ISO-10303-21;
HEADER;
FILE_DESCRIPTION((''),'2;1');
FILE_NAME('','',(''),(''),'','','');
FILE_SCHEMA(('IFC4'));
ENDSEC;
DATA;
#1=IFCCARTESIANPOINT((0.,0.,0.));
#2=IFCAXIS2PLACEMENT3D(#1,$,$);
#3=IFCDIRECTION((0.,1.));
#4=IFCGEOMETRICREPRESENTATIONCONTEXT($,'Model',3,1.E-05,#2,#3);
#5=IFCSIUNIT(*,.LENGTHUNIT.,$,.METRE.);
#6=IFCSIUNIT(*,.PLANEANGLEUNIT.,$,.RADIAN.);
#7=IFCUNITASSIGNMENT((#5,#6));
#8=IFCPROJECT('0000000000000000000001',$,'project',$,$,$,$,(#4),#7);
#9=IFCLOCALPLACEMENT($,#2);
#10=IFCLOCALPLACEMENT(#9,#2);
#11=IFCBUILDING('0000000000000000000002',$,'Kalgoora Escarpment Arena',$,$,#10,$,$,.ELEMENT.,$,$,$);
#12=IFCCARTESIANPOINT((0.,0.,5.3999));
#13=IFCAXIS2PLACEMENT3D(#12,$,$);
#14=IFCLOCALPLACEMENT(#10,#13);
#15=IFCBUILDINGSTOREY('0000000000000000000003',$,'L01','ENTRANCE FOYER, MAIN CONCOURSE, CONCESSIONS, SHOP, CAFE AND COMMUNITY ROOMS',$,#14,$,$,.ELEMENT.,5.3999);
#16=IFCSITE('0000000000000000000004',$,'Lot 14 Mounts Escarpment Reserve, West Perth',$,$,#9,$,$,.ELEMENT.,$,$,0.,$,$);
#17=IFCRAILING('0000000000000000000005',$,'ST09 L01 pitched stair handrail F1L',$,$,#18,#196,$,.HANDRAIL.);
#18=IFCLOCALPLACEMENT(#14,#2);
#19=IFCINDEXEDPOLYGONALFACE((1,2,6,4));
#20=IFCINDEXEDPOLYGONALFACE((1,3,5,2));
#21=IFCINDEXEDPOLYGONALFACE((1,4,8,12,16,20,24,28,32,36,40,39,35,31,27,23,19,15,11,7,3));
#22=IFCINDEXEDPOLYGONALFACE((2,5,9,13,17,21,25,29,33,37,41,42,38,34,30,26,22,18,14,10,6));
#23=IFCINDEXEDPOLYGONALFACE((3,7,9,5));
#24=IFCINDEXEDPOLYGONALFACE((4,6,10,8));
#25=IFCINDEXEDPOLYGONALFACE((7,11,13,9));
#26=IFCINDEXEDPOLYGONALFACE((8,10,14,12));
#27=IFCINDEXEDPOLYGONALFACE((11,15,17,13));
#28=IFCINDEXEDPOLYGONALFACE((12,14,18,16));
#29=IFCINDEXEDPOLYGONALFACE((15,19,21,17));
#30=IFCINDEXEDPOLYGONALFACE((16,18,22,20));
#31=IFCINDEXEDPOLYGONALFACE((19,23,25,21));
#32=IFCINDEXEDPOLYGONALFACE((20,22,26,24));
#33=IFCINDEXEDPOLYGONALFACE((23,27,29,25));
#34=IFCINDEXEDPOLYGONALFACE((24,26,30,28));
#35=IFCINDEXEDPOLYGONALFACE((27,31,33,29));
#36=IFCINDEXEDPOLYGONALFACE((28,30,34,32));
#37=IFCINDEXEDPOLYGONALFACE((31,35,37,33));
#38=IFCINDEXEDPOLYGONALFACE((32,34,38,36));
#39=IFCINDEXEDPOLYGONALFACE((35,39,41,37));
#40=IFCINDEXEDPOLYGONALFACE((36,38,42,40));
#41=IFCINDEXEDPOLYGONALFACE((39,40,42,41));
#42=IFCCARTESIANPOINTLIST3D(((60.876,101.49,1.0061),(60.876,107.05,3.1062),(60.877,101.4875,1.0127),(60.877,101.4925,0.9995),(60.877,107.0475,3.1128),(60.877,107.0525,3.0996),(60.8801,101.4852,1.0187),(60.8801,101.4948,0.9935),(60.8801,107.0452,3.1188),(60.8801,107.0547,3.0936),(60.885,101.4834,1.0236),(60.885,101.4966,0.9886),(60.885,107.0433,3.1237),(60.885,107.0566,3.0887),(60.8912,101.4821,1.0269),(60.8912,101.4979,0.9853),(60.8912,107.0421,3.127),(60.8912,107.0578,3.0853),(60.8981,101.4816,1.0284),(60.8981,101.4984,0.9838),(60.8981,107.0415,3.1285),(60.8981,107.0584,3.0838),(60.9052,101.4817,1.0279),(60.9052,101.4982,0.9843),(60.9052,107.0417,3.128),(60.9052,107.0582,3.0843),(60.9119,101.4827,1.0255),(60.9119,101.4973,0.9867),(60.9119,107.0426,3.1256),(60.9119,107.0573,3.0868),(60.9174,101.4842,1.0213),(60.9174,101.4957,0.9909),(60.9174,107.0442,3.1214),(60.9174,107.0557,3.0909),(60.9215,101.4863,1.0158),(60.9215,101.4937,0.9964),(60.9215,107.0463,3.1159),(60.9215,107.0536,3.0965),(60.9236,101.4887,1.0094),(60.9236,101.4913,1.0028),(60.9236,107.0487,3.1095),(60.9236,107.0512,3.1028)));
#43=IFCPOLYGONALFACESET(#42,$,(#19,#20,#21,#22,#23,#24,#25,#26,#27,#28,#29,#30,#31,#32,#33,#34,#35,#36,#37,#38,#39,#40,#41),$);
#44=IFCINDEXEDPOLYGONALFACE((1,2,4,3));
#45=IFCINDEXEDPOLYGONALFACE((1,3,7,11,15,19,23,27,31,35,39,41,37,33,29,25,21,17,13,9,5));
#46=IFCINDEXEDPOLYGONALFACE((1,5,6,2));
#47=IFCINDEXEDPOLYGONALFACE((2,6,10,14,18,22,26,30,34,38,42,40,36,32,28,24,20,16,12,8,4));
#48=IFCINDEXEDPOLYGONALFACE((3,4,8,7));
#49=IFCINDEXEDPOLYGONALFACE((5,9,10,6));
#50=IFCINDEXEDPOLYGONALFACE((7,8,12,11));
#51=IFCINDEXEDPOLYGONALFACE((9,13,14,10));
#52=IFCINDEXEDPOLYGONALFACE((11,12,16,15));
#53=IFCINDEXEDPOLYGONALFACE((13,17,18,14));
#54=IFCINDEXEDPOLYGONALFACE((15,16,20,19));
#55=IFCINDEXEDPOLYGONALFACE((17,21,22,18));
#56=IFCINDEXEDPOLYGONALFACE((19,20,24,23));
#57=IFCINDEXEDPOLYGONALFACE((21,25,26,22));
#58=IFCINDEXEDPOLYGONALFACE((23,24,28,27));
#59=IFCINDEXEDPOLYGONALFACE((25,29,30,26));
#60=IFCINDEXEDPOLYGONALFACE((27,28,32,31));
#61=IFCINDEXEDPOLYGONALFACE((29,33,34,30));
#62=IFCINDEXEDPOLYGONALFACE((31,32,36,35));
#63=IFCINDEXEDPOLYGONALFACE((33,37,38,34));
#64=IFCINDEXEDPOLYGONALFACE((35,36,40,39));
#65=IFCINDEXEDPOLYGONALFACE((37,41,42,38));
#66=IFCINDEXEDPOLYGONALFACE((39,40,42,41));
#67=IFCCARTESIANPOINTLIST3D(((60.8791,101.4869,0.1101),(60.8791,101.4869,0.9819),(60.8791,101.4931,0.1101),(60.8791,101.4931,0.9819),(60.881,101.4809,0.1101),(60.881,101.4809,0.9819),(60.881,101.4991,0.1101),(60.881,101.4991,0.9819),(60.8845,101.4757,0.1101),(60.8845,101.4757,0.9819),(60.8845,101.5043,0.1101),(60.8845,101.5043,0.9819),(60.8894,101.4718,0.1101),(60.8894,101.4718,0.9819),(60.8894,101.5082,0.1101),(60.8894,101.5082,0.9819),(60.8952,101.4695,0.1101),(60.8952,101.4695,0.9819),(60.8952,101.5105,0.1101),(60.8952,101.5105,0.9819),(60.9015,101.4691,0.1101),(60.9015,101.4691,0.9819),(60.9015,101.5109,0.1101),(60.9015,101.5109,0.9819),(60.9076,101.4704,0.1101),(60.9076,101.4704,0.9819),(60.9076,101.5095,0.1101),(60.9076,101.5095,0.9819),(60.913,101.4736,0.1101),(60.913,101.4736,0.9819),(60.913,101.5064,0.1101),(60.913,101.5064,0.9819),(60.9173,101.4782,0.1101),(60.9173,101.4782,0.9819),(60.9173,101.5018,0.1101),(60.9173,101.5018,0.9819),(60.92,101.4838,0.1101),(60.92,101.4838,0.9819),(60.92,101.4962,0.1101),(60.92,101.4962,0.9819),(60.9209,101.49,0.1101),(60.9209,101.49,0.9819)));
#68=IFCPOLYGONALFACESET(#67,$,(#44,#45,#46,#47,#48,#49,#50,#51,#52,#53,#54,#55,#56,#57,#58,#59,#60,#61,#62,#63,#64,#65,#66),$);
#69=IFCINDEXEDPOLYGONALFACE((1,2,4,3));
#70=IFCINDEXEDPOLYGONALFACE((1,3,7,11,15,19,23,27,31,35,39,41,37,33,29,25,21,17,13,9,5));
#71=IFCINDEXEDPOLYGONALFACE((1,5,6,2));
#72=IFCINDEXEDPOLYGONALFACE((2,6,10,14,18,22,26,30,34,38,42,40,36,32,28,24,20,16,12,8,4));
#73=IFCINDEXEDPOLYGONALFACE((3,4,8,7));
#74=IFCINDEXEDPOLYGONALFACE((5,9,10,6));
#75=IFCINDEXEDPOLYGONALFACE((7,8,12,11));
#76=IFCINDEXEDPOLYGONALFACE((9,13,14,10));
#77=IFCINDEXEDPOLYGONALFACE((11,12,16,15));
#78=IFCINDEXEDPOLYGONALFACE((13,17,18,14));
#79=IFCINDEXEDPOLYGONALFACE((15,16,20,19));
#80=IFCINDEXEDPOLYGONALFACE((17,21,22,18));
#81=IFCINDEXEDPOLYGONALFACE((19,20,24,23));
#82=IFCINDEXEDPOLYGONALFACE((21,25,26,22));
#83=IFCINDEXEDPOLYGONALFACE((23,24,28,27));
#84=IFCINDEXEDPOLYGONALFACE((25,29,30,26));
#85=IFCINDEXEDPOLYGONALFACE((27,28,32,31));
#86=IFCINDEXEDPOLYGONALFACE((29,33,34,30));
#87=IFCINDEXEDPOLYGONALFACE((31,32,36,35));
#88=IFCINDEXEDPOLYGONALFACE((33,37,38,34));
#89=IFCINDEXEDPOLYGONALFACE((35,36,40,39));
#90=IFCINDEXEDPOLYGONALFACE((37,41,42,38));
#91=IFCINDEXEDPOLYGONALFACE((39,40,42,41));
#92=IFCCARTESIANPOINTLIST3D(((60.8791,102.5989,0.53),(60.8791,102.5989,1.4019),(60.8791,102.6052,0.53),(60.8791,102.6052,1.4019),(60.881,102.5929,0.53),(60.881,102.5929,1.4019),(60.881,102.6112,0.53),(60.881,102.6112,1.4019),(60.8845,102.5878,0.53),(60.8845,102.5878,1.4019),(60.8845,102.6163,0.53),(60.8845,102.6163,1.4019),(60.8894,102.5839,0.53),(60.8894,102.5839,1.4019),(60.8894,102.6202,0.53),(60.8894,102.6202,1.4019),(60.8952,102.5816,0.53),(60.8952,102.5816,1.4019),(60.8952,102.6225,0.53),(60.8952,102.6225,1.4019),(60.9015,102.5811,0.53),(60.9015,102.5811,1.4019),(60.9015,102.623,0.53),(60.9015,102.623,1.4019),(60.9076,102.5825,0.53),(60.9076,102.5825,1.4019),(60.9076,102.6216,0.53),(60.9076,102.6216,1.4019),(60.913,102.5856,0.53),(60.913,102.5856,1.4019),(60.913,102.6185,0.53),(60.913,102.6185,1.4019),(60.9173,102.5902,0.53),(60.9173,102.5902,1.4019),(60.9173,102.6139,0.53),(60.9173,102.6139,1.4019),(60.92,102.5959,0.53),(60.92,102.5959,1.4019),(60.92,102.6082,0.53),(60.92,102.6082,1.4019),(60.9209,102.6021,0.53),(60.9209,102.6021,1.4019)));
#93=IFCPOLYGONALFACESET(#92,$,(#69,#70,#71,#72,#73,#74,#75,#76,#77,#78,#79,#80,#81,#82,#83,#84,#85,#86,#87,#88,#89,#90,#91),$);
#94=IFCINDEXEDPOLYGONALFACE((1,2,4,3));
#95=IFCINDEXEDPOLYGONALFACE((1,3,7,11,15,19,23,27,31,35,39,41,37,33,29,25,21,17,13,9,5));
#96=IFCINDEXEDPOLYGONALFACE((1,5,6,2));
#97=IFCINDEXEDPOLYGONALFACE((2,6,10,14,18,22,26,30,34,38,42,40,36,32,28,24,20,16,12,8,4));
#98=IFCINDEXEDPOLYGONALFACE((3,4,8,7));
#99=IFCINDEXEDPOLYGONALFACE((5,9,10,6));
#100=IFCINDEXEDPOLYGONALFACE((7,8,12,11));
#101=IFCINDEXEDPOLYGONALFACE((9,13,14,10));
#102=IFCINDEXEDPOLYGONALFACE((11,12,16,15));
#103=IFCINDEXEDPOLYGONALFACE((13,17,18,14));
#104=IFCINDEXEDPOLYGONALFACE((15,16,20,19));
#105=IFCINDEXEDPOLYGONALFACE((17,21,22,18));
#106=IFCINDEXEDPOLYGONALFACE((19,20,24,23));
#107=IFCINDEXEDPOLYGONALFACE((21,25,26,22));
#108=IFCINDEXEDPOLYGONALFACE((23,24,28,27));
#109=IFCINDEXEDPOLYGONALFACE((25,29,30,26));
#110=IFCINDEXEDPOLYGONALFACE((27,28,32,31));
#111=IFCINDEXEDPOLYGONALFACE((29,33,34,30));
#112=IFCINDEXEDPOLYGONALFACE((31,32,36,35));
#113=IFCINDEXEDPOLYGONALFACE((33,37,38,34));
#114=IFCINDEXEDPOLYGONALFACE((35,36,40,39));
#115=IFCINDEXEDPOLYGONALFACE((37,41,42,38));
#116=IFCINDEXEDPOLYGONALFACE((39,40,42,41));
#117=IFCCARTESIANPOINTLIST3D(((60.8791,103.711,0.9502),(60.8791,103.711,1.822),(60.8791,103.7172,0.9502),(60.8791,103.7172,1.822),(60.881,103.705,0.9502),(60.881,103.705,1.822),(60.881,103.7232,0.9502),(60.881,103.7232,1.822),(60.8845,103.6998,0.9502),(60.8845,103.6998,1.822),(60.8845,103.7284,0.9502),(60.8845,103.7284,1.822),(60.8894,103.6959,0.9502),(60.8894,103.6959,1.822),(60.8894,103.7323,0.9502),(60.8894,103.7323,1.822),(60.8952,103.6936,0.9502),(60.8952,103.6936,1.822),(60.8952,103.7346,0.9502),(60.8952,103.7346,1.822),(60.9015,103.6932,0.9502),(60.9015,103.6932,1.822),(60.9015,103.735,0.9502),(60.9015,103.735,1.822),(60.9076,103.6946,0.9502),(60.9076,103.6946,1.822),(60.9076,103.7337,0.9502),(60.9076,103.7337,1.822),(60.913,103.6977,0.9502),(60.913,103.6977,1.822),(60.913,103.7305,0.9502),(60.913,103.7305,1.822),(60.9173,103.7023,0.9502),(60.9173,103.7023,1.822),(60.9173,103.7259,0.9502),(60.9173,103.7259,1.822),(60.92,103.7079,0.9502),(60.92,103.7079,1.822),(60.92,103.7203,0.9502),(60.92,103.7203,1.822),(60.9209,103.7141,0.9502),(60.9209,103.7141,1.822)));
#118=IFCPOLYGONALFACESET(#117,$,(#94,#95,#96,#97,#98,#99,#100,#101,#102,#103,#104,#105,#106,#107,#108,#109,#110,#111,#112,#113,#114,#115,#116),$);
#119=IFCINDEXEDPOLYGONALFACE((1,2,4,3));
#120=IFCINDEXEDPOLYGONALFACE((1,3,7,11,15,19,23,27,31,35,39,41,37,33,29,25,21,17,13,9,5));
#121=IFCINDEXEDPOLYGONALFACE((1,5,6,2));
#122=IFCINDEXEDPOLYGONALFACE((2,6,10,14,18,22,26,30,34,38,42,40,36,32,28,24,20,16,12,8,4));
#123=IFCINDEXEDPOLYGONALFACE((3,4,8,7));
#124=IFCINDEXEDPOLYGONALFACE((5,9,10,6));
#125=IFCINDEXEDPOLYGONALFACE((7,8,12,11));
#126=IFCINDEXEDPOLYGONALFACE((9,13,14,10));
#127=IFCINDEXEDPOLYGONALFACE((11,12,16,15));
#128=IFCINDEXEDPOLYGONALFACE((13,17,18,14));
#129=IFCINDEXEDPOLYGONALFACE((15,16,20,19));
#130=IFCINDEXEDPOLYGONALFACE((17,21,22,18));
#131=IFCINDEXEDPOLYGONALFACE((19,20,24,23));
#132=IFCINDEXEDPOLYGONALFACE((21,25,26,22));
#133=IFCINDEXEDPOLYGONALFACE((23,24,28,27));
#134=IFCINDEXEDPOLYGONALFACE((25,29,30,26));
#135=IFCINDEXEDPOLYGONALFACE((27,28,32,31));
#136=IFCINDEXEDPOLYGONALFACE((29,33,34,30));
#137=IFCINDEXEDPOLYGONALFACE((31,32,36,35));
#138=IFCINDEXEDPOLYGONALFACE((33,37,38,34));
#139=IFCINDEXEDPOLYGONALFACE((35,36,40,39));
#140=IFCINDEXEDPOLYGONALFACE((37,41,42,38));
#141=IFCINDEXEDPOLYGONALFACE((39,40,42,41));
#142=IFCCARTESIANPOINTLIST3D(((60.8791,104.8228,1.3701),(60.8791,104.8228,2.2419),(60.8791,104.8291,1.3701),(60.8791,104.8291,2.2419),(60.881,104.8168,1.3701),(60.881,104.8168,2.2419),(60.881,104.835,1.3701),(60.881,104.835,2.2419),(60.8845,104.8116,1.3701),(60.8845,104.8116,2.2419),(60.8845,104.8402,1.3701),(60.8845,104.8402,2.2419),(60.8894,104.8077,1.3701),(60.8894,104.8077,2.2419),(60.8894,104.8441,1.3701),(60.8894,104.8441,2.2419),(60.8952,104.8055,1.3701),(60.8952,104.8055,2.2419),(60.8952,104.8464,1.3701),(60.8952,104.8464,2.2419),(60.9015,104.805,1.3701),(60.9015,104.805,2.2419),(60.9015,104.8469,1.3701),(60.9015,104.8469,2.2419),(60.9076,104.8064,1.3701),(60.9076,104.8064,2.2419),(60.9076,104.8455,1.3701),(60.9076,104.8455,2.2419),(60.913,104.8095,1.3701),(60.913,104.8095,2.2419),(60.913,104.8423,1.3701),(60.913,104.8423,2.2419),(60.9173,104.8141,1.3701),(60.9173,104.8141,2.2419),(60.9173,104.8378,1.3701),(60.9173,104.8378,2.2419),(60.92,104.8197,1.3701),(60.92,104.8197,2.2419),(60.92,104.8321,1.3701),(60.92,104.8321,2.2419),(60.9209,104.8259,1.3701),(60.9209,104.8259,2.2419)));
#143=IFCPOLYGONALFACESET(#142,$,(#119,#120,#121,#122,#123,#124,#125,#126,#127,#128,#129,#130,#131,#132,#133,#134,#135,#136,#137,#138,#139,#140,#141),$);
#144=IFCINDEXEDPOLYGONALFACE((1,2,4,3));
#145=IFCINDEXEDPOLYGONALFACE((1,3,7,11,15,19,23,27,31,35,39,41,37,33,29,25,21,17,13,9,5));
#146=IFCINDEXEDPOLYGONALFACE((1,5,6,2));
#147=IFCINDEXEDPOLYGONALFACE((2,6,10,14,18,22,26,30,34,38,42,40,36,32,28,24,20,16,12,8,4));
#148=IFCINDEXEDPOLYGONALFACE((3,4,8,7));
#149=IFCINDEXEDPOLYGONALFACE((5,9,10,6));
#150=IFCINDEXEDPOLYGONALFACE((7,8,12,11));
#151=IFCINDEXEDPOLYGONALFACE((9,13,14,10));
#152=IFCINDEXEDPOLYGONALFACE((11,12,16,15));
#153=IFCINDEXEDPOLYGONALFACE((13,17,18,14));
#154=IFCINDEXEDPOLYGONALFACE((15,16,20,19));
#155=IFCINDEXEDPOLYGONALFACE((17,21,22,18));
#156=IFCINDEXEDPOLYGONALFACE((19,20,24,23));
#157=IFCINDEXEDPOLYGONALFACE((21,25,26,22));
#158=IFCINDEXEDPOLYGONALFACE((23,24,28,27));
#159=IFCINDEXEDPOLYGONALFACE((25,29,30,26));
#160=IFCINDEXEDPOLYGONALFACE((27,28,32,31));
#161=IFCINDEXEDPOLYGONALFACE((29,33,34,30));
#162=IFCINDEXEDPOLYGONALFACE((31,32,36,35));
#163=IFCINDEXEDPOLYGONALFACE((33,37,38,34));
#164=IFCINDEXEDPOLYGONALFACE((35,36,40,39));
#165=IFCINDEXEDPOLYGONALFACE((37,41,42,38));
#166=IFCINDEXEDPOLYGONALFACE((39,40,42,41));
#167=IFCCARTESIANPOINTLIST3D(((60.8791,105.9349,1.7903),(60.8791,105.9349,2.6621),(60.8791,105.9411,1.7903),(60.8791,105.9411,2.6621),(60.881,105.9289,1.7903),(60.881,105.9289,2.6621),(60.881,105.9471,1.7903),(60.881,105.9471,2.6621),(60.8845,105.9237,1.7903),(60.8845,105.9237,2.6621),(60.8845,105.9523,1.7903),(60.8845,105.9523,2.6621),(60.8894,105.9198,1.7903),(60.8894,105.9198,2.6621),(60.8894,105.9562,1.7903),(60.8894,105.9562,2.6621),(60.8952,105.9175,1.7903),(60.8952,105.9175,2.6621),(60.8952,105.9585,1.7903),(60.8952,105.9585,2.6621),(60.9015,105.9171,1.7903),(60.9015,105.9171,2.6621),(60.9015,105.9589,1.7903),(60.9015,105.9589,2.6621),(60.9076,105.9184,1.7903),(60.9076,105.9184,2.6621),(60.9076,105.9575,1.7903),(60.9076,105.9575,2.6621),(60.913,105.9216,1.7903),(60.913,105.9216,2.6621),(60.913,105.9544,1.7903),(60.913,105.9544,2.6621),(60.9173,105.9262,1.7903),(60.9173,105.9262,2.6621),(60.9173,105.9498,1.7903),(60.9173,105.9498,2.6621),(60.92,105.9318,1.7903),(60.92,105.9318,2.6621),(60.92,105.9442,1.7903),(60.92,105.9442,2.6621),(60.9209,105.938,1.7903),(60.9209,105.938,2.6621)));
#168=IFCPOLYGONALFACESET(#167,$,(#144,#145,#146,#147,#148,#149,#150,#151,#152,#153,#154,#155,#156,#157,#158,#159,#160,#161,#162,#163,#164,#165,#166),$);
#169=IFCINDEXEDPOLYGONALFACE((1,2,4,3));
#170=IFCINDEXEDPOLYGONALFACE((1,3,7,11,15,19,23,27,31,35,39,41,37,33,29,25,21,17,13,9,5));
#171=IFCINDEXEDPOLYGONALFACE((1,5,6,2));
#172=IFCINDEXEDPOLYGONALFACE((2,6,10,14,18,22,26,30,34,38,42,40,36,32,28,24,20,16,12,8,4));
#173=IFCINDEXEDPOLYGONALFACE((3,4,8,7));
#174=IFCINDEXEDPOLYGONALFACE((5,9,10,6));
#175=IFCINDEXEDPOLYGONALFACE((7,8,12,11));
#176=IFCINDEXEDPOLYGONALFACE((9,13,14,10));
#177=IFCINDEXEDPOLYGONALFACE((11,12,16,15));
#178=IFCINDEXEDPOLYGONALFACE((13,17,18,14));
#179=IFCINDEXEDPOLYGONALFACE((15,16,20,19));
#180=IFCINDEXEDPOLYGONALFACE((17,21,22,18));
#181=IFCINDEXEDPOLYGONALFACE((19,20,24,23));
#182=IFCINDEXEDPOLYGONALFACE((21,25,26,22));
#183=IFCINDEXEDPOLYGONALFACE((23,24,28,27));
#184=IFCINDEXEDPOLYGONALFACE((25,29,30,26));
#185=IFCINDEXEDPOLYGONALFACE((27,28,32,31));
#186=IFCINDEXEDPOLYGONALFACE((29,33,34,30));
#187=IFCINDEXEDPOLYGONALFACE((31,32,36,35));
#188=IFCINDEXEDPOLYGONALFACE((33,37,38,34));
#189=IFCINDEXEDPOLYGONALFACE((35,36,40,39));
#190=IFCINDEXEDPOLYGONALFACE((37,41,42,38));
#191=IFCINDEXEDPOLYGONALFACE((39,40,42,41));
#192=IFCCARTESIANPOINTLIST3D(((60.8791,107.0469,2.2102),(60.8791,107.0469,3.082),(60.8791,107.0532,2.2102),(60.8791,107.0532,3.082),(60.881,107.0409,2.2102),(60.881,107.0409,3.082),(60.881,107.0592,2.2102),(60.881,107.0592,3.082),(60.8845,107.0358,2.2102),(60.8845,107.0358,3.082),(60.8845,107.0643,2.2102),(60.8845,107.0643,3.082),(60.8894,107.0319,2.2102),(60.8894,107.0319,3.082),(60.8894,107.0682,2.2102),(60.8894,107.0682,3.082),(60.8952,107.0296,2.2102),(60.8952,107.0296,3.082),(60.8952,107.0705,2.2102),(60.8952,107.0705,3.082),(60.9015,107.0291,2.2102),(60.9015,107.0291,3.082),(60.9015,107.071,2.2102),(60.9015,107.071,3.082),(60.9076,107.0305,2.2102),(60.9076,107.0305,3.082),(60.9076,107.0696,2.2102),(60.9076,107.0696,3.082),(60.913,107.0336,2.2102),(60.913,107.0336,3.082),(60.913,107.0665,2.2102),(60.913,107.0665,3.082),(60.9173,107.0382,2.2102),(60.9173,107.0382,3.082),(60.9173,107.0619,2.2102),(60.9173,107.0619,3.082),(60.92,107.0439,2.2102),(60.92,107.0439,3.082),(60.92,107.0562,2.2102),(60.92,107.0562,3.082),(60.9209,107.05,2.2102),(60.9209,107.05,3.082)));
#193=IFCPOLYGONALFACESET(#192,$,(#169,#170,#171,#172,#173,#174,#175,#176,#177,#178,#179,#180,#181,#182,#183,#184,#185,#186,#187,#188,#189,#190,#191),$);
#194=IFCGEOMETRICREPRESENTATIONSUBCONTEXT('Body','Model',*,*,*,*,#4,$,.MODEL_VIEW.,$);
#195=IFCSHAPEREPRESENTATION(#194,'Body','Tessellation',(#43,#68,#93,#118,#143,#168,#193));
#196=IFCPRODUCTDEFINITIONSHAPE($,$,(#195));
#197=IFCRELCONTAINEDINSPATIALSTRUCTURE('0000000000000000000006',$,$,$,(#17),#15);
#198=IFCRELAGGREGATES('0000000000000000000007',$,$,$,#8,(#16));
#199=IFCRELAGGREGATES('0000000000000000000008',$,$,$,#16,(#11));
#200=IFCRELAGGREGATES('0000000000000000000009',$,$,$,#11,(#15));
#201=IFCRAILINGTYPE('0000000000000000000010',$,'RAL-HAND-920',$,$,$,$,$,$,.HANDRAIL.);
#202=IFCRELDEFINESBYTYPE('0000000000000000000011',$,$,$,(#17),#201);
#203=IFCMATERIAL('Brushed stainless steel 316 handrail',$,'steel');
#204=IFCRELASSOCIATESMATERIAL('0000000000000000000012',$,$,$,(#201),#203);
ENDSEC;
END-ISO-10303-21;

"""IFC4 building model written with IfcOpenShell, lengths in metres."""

from ifc_helpers import new_model, si_unit, direction, frame, origin, origin_2d, place, context, subcontext, project, spatial, circle, extrude, material, type_object, element, save


model = new_model("IFC4")

# Units and contexts
model_context = context("Model", 3, precision=1e-05, world=origin(), true_north=direction((0.0, 1.0)))
body_context = subcontext(model_context, "Body", "Model", "MODEL_VIEW")
ifc_project = project(units=[si_unit("LENGTHUNIT", "METRE"), si_unit("PLANEANGLEUNIT", "RADIAN")], contexts=[model_context])

# Site, building, storey
site_placement = place(None, origin())
site = spatial("IfcSite", under=ifc_project, at=site_placement, Name="Lot 14 Mounts Escarpment Reserve, West Perth", CompositionType="ELEMENT", RefElevation=0.0)
building_placement = place(site_placement, origin())
building = spatial("IfcBuilding", under=site, at=building_placement, Name="Kalgoora Escarpment Arena", CompositionType="ELEMENT")
storey_placement = place(building_placement, frame((0.0, 0.0, 5.3999)))
storey = spatial("IfcBuildingStorey", under=building, at=storey_placement, Name="L01", Description="ENTRANCE FOYER, MAIN CONCOURSE, CONCESSIONS, SHOP, CAFE AND COMMUNITY ROOMS", CompositionType="ELEMENT", Elevation=5.3999)

# Railing
ifc_material_1 = material(Name="Brushed stainless steel 316 handrail", Category="steel")
railing_type_1 = type_object("IfcRailingType", Name="RAL-HAND-920", PredefinedType="HANDRAIL", material=ifc_material_1)
for number, where, name in (
    (1, (60.8999, 101.49, 0.1101), "ST09 L01 pitched stair handrail F1L"),
):
    element("IfcRailing", number, at=place(storey_placement, frame(where)), inside=storey, type_object=railing_type_1, Name=name, PredefinedType="HANDRAIL", context=body_context, shape_type="SweptSolid", body=[
        extrude(circle(Radius=0.0239, at=origin_2d()), frame((0.0, 0.0, 0.896), z_axis=(0.0, 0.935493, 0.353346), x_axis=(-1.0, 0.0, 0.0)), (0.0, 0.0, 1.0), 5.9434),
        extrude(circle(Radius=0.021, at=origin_2d()), origin(), (0.0, 0.0, 1.0), 0.8718),
        extrude(circle(Radius=0.021, at=origin_2d()), frame((0.0, 1.1121, 0.4199)), (0.0, 0.0, 1.0), 0.8718),
        extrude(circle(Radius=0.021, at=origin_2d()), frame((0.0, 2.2241, 0.8401)), (0.0, 0.0, 1.0), 0.8718),
        extrude(circle(Radius=0.021, at=origin_2d()), frame((0.0, 3.3359, 1.26)), (0.0, 0.0, 1.0), 0.8718),
        extrude(circle(Radius=0.021, at=origin_2d()), frame((0.0, 4.448, 1.6802)), (0.0, 0.0, 1.0), 0.8718),
        extrude(circle(Radius=0.021, at=origin_2d()), frame((0.0, 5.5601, 2.1001)), (0.0, 0.0, 1.0), 0.8718),
    ])

save(model, "model.ifc")
